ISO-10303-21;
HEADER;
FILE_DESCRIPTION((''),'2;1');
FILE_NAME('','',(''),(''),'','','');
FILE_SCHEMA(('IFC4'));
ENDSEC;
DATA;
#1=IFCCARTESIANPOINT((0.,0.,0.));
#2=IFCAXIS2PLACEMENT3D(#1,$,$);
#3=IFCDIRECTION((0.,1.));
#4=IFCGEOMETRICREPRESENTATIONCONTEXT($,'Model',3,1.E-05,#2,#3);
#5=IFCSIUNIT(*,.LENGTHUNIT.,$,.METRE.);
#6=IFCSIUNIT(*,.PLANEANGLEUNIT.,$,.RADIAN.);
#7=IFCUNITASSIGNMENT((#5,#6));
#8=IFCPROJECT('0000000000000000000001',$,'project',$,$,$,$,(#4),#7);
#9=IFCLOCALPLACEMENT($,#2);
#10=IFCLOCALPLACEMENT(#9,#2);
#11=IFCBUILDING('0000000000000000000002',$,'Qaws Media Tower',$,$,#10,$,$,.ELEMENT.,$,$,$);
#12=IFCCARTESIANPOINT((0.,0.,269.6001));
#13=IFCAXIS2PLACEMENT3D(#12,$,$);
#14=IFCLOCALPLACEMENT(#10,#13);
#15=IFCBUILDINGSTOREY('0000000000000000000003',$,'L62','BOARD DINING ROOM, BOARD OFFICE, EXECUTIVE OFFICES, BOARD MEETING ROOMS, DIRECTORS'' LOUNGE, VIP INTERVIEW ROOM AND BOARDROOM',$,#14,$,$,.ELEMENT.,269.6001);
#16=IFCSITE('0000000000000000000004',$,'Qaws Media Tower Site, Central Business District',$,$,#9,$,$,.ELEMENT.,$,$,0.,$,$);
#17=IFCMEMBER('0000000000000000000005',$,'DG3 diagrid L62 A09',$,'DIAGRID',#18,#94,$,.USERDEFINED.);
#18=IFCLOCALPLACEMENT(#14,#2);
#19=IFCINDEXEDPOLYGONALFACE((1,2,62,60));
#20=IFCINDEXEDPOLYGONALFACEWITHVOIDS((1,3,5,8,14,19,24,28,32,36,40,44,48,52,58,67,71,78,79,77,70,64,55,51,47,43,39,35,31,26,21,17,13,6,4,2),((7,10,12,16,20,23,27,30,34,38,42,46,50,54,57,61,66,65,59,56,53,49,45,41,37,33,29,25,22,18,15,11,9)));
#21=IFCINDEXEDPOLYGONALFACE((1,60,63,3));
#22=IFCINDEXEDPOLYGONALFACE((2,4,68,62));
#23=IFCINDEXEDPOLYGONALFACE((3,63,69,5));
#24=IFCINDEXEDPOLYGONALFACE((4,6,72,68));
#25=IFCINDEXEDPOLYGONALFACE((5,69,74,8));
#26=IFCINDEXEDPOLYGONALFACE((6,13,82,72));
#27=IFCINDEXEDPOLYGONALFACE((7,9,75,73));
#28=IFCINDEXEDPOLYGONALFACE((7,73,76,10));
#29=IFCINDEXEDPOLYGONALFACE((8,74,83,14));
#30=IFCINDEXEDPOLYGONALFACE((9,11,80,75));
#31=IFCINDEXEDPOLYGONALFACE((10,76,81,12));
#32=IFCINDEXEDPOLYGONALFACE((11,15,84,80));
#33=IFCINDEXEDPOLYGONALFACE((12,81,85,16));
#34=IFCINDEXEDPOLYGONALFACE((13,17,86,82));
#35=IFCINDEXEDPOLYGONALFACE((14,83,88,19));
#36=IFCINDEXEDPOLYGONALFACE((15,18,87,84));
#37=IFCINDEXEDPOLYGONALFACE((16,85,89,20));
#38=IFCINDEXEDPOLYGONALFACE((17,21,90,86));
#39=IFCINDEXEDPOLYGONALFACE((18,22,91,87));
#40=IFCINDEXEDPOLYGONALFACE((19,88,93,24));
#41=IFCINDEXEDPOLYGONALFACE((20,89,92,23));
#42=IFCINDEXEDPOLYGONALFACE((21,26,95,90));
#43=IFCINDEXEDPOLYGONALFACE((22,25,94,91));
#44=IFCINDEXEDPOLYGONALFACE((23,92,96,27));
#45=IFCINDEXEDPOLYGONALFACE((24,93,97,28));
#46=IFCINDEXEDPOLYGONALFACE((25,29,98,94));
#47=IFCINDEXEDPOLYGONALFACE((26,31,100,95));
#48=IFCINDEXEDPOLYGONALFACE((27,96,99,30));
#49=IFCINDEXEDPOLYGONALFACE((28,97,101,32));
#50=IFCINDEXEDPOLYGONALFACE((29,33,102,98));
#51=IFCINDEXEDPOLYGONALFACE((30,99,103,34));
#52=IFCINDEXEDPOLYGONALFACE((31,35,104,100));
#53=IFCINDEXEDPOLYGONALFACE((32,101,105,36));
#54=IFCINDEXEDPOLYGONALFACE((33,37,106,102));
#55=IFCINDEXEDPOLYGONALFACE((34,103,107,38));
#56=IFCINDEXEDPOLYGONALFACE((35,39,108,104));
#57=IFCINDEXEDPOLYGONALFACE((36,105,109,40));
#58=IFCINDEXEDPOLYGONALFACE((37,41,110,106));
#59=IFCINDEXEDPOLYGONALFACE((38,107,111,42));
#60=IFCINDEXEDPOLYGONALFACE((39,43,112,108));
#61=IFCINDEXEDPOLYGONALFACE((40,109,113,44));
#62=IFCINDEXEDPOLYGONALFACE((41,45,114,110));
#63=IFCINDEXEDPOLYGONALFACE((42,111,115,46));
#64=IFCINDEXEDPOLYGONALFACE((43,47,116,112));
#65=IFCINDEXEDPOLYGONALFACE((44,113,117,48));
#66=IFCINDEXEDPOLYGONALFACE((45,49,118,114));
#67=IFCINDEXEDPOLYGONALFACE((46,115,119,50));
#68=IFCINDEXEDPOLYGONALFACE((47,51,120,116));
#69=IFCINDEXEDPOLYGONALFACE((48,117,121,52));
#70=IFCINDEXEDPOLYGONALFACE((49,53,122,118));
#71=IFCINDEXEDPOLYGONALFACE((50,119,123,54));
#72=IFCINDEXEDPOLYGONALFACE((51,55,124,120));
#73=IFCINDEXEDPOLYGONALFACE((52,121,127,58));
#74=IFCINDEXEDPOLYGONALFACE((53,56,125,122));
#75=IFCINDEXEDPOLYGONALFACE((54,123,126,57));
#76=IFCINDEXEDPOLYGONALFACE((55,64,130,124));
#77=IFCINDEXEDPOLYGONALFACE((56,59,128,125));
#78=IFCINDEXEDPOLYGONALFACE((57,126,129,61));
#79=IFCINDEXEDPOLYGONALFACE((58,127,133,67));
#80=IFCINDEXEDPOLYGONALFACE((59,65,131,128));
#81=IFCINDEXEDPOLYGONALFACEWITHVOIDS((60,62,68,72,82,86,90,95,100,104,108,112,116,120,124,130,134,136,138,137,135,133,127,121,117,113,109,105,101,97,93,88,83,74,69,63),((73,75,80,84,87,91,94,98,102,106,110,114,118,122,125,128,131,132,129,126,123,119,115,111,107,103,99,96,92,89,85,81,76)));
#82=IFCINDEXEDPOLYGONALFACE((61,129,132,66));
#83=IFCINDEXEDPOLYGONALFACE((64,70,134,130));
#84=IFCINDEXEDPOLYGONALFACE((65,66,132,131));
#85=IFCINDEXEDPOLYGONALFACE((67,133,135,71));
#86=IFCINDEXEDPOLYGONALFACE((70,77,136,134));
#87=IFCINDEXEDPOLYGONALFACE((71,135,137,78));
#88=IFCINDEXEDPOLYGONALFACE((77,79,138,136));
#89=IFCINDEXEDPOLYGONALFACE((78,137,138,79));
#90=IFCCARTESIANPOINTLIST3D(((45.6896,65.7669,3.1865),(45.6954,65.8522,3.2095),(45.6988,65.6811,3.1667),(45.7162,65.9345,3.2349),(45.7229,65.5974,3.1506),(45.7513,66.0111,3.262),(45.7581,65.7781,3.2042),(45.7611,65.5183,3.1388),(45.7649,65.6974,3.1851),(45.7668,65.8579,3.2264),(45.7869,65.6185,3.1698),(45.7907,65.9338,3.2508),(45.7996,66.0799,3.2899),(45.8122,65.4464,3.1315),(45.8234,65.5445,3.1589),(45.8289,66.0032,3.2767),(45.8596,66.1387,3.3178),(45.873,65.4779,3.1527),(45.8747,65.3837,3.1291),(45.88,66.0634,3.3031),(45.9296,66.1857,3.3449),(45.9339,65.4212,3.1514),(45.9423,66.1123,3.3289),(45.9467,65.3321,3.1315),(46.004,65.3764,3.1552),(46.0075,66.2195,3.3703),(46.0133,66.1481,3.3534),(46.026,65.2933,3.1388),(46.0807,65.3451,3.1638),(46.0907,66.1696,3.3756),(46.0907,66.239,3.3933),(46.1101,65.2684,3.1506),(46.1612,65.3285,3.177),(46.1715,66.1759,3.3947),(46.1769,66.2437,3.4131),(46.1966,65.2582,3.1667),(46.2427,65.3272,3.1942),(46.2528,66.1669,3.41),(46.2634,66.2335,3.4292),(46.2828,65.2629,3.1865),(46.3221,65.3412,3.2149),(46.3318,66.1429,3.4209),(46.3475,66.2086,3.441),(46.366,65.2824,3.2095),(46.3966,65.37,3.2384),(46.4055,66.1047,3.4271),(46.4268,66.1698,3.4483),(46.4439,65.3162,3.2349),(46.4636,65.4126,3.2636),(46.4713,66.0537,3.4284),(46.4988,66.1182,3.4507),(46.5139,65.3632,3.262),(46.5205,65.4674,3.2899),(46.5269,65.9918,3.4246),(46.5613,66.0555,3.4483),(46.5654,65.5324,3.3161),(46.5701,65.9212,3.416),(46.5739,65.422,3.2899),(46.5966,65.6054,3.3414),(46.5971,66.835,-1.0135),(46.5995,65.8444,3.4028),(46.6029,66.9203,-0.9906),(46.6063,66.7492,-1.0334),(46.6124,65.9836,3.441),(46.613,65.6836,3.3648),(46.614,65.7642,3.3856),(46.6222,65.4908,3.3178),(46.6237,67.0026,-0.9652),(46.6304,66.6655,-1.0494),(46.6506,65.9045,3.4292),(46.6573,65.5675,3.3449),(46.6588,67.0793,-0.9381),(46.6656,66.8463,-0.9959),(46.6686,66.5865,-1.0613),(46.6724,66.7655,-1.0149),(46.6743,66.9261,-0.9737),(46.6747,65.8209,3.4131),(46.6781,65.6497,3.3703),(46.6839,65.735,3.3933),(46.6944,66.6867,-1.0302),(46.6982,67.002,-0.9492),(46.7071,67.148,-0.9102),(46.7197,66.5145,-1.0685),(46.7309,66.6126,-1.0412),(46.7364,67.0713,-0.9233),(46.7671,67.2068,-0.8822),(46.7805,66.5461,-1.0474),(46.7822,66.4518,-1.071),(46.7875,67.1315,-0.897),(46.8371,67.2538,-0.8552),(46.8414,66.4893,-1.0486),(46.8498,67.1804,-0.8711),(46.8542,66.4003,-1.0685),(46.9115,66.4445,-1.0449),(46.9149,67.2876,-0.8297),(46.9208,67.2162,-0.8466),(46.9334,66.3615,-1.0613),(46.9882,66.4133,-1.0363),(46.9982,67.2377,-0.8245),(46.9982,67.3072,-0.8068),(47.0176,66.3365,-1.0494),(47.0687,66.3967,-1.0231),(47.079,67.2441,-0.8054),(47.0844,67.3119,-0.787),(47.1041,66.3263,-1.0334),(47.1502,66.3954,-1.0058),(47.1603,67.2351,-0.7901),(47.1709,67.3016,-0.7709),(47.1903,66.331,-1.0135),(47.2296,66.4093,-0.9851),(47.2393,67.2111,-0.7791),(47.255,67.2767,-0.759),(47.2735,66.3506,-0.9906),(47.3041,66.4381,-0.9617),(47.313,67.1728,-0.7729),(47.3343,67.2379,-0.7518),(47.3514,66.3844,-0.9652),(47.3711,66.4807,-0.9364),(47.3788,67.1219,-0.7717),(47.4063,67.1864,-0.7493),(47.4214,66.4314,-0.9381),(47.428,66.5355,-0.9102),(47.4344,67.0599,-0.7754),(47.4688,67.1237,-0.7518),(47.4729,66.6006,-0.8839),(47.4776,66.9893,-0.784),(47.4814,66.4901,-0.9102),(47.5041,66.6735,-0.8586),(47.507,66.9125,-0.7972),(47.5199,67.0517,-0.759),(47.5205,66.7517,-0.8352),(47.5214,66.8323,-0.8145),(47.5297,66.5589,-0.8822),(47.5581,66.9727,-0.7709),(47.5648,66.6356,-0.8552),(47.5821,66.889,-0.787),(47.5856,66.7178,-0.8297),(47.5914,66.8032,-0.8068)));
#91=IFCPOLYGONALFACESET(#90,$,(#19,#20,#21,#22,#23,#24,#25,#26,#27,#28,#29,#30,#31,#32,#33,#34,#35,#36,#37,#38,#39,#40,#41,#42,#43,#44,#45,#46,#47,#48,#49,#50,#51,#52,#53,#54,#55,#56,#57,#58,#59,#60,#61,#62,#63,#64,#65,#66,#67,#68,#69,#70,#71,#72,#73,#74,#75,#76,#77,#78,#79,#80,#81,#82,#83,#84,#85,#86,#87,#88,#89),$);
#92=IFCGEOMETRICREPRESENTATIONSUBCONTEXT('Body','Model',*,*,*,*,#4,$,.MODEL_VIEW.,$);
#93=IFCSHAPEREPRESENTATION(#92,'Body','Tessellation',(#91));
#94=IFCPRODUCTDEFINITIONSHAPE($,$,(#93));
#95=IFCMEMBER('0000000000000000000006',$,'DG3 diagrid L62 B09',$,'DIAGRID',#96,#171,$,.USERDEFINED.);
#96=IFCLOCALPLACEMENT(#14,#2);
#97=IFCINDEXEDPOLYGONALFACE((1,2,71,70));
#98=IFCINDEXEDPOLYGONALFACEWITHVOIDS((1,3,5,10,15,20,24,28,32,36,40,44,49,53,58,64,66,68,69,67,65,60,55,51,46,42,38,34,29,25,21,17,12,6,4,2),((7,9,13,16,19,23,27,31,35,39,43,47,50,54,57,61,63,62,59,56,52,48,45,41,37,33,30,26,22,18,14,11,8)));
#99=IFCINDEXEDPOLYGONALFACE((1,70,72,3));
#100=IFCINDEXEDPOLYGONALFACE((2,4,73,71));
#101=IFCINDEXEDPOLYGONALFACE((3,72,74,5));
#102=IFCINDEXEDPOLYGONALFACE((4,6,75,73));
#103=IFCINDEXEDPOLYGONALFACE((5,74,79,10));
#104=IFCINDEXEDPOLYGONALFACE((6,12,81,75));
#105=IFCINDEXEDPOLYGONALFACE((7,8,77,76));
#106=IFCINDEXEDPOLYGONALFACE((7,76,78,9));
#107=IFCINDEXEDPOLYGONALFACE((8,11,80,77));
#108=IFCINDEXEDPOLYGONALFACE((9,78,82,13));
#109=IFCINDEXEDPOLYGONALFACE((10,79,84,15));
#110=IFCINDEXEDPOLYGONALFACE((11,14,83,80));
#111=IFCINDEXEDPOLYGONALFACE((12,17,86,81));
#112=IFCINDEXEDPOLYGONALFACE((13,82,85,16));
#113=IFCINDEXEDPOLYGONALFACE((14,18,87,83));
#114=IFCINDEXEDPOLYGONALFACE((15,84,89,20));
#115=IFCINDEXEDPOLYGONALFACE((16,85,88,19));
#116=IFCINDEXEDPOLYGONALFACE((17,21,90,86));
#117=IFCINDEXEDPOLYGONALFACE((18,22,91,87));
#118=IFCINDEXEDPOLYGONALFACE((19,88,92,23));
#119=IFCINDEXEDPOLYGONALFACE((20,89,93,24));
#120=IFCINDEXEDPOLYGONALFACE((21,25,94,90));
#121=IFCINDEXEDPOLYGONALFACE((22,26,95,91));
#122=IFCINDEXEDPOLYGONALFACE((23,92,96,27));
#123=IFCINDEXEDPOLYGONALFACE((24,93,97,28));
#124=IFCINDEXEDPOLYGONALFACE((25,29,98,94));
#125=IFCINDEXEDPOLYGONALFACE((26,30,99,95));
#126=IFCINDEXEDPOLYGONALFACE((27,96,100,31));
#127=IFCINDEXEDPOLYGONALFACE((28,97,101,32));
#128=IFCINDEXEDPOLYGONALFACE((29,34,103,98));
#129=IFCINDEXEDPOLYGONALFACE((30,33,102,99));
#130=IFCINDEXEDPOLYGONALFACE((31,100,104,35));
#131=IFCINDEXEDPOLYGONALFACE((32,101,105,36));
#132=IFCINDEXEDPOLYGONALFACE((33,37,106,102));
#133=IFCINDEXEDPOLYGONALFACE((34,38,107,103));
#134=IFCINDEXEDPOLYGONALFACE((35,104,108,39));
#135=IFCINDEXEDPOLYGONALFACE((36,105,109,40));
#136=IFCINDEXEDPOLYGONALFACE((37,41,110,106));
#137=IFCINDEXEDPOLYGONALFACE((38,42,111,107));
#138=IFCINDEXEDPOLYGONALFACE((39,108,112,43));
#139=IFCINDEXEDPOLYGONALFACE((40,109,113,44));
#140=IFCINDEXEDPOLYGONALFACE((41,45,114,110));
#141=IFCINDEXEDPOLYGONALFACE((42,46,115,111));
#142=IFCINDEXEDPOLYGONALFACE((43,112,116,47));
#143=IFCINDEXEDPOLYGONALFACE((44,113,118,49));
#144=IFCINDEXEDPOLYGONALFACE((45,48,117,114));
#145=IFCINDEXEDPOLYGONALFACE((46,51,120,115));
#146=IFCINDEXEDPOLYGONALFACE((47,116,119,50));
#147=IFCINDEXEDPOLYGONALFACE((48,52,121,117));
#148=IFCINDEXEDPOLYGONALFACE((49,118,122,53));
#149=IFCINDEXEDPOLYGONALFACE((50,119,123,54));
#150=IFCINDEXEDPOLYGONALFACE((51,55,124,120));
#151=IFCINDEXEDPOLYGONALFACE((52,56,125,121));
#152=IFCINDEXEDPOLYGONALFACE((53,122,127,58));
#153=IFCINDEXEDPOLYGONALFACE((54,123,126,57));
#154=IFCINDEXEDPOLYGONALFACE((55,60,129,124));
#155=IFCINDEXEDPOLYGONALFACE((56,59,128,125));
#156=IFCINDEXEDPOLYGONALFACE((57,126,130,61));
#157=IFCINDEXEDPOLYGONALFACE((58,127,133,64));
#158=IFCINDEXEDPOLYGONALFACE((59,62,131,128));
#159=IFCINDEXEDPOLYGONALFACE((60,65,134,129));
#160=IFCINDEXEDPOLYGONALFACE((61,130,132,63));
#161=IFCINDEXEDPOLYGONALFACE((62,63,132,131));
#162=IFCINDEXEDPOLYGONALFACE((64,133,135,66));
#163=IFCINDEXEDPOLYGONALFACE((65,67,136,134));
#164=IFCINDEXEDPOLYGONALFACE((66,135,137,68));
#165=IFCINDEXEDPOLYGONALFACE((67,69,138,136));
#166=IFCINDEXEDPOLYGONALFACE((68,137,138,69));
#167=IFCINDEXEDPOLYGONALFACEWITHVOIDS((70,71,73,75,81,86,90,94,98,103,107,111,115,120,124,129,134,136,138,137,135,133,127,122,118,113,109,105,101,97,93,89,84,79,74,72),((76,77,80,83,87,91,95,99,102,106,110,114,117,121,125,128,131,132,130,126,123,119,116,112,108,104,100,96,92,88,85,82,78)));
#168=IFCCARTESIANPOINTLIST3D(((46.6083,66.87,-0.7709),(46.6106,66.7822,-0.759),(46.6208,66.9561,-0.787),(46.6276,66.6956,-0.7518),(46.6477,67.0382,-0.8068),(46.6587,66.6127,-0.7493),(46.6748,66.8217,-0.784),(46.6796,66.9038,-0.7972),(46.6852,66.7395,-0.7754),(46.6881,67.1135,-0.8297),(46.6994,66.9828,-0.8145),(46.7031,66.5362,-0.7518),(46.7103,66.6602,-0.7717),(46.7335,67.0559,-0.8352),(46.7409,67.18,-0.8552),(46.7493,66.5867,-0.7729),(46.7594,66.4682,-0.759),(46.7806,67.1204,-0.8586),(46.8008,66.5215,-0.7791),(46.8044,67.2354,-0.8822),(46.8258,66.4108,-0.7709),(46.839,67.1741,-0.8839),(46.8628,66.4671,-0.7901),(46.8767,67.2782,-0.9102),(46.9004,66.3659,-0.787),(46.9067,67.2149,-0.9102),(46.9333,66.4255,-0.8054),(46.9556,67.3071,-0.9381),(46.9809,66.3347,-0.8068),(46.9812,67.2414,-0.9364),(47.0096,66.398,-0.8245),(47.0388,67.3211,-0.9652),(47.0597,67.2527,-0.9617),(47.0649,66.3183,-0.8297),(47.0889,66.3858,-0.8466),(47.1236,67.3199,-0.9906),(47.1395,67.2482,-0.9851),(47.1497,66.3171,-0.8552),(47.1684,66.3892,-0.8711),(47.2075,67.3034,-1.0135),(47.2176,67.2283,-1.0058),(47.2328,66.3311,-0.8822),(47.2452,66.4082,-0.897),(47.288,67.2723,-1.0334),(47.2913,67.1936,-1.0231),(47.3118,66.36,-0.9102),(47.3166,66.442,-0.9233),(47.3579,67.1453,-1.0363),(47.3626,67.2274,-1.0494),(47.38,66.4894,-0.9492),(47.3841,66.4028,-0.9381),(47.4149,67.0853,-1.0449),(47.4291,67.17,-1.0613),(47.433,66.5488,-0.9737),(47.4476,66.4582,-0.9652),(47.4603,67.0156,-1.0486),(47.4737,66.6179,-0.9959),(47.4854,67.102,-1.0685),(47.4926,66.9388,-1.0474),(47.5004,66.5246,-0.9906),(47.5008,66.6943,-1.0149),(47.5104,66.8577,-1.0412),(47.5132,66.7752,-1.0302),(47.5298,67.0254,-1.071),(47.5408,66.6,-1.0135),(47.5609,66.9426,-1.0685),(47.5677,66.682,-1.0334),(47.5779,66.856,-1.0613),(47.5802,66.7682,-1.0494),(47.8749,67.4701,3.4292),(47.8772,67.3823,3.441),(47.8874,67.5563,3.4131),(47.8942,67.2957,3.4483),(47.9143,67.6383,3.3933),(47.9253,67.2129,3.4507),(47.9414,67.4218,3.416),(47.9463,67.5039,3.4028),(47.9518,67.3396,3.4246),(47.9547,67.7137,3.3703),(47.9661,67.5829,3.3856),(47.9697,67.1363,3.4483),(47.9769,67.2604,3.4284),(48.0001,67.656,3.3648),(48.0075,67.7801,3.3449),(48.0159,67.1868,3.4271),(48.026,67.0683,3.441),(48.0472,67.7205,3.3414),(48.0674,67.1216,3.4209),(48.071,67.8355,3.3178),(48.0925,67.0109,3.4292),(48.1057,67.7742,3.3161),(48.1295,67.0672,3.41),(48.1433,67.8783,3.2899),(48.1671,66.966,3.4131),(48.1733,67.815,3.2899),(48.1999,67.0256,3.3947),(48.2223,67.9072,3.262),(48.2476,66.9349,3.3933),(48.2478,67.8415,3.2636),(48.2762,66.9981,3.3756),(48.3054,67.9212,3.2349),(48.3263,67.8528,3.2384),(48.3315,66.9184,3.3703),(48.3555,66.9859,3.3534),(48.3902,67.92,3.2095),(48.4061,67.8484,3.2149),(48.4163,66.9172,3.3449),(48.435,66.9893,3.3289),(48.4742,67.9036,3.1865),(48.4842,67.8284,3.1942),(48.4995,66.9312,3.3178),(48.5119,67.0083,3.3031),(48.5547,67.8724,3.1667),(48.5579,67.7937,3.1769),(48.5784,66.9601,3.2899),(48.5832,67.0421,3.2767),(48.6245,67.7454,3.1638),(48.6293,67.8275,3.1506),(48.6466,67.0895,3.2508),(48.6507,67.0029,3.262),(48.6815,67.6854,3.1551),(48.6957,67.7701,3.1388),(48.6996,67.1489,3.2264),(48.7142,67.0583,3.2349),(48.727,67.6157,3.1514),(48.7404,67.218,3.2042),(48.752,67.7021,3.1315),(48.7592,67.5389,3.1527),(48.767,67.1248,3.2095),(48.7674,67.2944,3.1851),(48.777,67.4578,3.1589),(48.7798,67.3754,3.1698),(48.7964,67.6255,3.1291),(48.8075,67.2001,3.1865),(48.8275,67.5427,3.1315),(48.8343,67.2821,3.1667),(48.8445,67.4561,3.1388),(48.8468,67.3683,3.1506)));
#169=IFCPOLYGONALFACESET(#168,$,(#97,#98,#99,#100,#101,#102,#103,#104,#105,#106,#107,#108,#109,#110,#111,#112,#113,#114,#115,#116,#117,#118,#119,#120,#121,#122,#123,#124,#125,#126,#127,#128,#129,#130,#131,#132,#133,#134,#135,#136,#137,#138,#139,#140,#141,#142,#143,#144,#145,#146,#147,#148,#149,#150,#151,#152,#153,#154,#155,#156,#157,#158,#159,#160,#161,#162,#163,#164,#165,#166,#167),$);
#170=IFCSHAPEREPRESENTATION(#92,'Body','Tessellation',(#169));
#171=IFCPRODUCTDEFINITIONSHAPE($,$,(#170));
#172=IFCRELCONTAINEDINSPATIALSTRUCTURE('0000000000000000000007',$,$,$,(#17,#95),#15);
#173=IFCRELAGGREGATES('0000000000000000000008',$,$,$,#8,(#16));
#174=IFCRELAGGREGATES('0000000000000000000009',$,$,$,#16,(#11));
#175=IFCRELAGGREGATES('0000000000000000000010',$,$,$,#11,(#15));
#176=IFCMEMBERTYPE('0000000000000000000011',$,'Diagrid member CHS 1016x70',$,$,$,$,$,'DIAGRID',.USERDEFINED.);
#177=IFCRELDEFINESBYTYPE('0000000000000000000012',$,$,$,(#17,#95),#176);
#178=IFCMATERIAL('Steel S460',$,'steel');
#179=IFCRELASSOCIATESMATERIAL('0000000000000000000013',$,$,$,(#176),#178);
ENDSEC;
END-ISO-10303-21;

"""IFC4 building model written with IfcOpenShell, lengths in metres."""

from ifc_helpers import new_model, si_unit, direction, frame, origin, origin_2d, place, context, subcontext, project, spatial, hollow_circle, extrude, material, material_profile, profile_set, type_object, element, save


model = new_model("IFC4")

# Units and contexts
model_context = context("Model", 3, precision=1e-05, world=origin(), true_north=direction((0.0, 1.0)))
body_context = subcontext(model_context, "Body", "Model", "MODEL_VIEW")
ifc_project = project(units=[si_unit("LENGTHUNIT", "METRE"), si_unit("PLANEANGLEUNIT", "RADIAN")], contexts=[model_context])

# Site, building, storey
site_placement = place(None, origin())
site = spatial("IfcSite", under=ifc_project, at=site_placement, Name="Qaws Media Tower Site, Central Business District", CompositionType="ELEMENT", RefElevation=0.0)
building_placement = place(site_placement, origin())
building = spatial("IfcBuilding", under=site, at=building_placement, Name="Qaws Media Tower", CompositionType="ELEMENT")
storey_placement = place(building_placement, frame((0.0, 0.0, 269.6001)))
storey = spatial("IfcBuildingStorey", under=building, at=storey_placement, Name="L62", Description="BOARD DINING ROOM, BOARD OFFICE, EXECUTIVE OFFICES, BOARD MEETING ROOMS, DIRECTORS' LOUNGE, VIP INTERVIEW ROOM AND BOARDROOM", CompositionType="ELEMENT", Elevation=269.6001)

# Members
ifc_material_1 = material(Name="Steel S460", Category="steel")
ifc_material_profile_1 = material_profile(ifc_material_1, hollow_circle(Radius=0.5081, WallThickness=0.0701, at=origin_2d()), Name="CHS 1016x70")
ifc_profile_set_1 = profile_set([ifc_material_profile_1], Name="Steel S460")
member_type_1 = type_object("IfcMemberType", Name="Diagrid member CHS 1016x70", ElementType="DIAGRID", PredefinedType="USERDEFINED", material=ifc_profile_set_1)
for number, where, z_axis, x_axis, name in (
    (1, (47.0942, 66.8191, -0.9102), (-0.204956, -0.241238, 0.948576), (0.76209, -0.647471, 0.0), "DG3 diagrid L62 A09"),
    (2, (47.0942, 66.8191, -0.9102), (0.286067, 0.135534, 0.948576), (-0.428161, 0.903702, 0.0), "DG3 diagrid L62 B09"),
):
    element("IfcMember", number, at=place(storey_placement, frame(where, z_axis=z_axis, x_axis=x_axis)), inside=storey, type_object=member_type_1, Name=name, ObjectType="DIAGRID", PredefinedType="USERDEFINED", context=body_context, shape_type="SweptSolid", body=[
        extrude(hollow_circle(Radius=0.5081, WallThickness=0.0701, at=origin_2d()), origin(), (0.0, 0.0, 1.0), 4.4277),
    ])

save(model, "model.ifc")
